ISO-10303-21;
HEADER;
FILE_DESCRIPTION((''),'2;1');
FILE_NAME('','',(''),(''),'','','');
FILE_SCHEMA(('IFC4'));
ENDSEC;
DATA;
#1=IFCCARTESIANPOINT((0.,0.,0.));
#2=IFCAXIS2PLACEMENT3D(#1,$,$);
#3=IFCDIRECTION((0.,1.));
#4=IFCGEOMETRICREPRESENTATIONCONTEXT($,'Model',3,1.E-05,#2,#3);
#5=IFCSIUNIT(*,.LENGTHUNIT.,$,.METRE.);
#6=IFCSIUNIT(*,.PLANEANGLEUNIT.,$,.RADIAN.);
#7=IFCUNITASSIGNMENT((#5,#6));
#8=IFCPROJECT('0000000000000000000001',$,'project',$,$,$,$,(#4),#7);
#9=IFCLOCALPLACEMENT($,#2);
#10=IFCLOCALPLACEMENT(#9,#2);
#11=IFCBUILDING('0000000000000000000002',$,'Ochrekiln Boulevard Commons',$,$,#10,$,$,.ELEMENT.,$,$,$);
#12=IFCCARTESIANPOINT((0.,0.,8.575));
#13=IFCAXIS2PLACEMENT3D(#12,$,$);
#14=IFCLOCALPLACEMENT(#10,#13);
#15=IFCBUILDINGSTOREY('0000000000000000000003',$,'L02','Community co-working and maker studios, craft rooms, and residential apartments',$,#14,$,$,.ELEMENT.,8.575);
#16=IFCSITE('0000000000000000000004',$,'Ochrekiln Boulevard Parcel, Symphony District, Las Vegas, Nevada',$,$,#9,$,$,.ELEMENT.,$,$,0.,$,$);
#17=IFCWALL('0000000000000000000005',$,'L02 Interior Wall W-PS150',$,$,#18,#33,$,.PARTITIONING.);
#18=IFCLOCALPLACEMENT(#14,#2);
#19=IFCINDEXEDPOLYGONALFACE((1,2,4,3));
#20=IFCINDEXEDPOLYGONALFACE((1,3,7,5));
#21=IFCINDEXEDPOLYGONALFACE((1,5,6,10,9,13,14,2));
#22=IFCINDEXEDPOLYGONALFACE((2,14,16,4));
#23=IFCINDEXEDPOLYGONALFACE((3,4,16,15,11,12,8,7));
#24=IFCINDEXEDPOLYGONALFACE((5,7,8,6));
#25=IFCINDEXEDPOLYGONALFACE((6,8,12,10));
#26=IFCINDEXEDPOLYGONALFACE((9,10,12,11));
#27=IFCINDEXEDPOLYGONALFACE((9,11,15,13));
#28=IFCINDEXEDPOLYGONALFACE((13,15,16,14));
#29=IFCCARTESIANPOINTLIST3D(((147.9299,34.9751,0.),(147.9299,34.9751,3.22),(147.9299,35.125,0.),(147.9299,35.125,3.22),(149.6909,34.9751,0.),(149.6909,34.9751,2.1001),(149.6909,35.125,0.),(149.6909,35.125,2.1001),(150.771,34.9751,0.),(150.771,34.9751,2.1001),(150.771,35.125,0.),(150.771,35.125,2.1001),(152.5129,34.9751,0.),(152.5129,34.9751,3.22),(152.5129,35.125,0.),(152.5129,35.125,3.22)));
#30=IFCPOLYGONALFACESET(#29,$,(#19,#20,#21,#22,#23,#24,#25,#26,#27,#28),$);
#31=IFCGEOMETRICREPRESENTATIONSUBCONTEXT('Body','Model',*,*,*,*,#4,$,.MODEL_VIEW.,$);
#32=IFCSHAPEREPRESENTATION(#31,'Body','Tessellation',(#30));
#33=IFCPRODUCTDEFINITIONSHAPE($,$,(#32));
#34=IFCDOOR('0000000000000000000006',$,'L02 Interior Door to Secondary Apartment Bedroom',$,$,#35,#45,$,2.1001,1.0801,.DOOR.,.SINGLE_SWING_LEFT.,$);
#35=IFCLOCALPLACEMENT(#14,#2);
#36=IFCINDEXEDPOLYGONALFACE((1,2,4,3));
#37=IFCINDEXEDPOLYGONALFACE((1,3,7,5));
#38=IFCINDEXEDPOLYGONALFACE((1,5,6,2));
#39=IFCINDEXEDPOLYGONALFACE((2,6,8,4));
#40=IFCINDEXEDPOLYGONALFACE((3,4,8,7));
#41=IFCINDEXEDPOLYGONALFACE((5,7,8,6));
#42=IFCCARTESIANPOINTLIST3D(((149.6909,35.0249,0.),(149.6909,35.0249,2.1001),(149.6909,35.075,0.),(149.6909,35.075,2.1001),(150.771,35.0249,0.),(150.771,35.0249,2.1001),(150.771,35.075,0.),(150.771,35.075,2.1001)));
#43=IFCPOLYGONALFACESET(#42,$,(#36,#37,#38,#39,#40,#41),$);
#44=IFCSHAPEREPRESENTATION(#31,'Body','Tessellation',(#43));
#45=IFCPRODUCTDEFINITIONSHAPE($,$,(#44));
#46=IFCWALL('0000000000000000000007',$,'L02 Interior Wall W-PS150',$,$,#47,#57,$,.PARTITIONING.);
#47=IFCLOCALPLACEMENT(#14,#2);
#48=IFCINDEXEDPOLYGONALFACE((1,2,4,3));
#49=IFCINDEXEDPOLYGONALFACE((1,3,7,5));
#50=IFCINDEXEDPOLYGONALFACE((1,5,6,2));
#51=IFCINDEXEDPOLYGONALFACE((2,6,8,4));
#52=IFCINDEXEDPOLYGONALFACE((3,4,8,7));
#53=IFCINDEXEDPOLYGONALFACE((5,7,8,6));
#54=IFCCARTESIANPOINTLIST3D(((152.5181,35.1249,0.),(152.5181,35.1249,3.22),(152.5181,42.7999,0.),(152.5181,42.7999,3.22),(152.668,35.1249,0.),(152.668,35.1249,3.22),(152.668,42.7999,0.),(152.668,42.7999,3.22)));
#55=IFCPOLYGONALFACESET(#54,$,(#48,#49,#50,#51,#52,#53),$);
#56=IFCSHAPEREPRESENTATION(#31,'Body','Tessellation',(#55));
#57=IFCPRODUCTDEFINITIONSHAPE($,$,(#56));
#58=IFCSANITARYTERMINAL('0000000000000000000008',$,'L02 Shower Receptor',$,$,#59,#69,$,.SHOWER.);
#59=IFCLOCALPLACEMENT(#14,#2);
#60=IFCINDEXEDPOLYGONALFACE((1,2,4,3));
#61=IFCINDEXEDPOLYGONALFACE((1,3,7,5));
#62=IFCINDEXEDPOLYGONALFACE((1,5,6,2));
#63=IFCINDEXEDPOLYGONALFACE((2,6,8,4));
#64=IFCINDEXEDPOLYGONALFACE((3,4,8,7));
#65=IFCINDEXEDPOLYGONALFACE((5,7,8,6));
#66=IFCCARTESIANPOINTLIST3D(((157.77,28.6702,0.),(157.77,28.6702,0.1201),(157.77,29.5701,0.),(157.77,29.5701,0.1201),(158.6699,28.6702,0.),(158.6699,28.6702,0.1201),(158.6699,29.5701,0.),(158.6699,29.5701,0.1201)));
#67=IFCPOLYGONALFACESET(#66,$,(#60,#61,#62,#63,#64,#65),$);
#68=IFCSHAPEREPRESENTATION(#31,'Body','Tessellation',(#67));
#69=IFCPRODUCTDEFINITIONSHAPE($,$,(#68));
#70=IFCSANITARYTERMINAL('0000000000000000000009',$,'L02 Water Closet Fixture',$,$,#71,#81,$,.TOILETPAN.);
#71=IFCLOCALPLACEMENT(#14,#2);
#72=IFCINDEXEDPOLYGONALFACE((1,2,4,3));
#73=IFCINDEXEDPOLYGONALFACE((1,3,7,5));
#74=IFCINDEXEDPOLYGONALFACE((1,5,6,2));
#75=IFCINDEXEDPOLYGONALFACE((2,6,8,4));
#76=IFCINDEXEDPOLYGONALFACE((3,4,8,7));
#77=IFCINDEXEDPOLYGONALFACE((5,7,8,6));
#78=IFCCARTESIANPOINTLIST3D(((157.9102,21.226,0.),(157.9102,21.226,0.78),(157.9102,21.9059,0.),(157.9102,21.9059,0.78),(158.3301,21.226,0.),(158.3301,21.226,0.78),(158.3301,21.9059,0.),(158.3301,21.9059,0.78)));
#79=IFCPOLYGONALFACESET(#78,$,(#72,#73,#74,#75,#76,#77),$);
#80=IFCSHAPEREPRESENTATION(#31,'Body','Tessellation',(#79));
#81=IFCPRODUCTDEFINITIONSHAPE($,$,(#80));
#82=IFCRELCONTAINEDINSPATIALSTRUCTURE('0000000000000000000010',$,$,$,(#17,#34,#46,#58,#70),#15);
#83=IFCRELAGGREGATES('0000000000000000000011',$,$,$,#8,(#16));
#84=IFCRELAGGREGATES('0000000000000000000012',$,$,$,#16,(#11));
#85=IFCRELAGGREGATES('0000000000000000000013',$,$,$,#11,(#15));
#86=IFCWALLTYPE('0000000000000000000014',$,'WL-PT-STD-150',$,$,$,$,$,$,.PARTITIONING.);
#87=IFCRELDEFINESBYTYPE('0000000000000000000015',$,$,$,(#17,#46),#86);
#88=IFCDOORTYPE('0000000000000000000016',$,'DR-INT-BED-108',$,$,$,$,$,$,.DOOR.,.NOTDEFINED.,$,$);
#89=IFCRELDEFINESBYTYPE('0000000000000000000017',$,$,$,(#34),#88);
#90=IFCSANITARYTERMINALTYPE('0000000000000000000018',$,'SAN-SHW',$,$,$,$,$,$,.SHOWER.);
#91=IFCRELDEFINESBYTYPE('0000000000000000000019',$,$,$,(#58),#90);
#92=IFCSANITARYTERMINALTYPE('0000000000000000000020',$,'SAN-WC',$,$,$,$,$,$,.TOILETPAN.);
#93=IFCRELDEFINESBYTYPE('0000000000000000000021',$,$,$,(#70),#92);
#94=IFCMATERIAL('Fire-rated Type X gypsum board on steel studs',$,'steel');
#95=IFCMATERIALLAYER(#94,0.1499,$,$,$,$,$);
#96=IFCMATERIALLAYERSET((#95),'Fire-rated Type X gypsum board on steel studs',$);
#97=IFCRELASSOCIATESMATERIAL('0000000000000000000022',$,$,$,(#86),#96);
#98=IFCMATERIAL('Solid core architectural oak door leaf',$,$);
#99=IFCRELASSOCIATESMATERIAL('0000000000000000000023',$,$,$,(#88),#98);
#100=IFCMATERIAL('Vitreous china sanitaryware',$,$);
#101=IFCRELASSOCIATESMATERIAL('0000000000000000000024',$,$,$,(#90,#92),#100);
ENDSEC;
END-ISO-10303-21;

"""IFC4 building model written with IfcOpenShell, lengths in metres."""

from ifc_helpers import new_model, si_unit, direction, frame, frame_2d, origin, origin_2d, place, context, subcontext, project, spatial, rectangle, extrude, material, layer, layer_set, type_object, element, fill, save


model = new_model("IFC4")

# Units and contexts
model_context = context("Model", 3, precision=1e-05, world=origin(), true_north=direction((0.0, 1.0)))
body_context = subcontext(model_context, "Body", "Model", "MODEL_VIEW")
ifc_project = project(units=[si_unit("LENGTHUNIT", "METRE"), si_unit("PLANEANGLEUNIT", "RADIAN")], contexts=[model_context])

# Site, building, storey
site_placement = place(None, origin())
site = spatial("IfcSite", under=ifc_project, at=site_placement, Name="Ochrekiln Boulevard Parcel, Symphony District, Las Vegas, Nevada", CompositionType="ELEMENT", RefElevation=0.0)
building_placement = place(site_placement, origin())
building = spatial("IfcBuilding", under=site, at=building_placement, Name="Ochrekiln Boulevard Commons", CompositionType="ELEMENT")
storey_placement = place(building_placement, frame((0.0, 0.0, 8.575)))
storey = spatial("IfcBuildingStorey", under=building, at=storey_placement, Name="L02", Description="Community co-working and maker studios, craft rooms, and residential apartments", CompositionType="ELEMENT", Elevation=8.575)

# Shared definitions
ifc_material_1 = material(Name="Solid core architectural oak door leaf")
ifc_material_2 = material(Name="Fire-rated Type X gypsum board on steel studs", Category="steel")

# Wall, opening, door
ifc_layer_1 = layer(ifc_material_2, 0.1499)
ifc_layer_set_1 = layer_set([ifc_layer_1], Name="Fire-rated Type X gypsum board on steel studs")
wall_type_1 = type_object("IfcWallType", Name="WL-PT-STD-150", PredefinedType="PARTITIONING", material=ifc_layer_set_1)
wall_1_placement = place(storey_placement, frame((147.9299, 35.05, 0.0), z_axis=(0.0, 0.0, 1.0), x_axis=(1.0, 0.0, 0.0)))
wall_1 = element("IfcWall", 1, at=wall_1_placement, inside=storey, type_object=wall_type_1, Name="L02 Interior Wall W-PS150", PredefinedType="PARTITIONING", context=body_context, shape_type="SweptSolid", body=[
    extrude(rectangle(XDim=4.583, YDim=0.1499, at=frame_2d((2.2915, 0.0))), origin(), (0.0, 0.0, 1.0), 3.22),
])
opening_1_placement = place(wall_1_placement, frame((1.761, 0.0, 0.0)))
opening_1 = element("IfcOpeningElement", 2, at=opening_1_placement, cuts=wall_1, PredefinedType="OPENING", context=body_context, shape_type="SweptSolid", body=[
    extrude(rectangle(XDim=1.0801, YDim=2.1001, at=frame_2d((0.54, 1.05))), frame((0.0, 0.085, 0.0), z_axis=(0.0, -1.0, 0.0), x_axis=(1.0, 0.0, 0.0)), (0.0, 0.0, 1.0), 0.1699),
])
door_type_1 = type_object("IfcDoorType", Name="DR-INT-BED-108", OperationType="NOTDEFINED", PredefinedType="DOOR", material=ifc_material_1)
door_1_placement = place(opening_1_placement, origin())
door_1 = element("IfcDoor", 3, at=door_1_placement, inside=storey, type_object=door_type_1, Name="L02 Interior Door to Secondary Apartment Bedroom", OperationType="SINGLE_SWING_LEFT", OverallHeight=2.1001, OverallWidth=1.0801, PredefinedType="DOOR", context=body_context, shape_type="SweptSolid", body=[
    extrude(rectangle(XDim=1.0801, YDim=2.1001, at=frame_2d((0.54, 1.05))), frame((0.0, 0.0249, 0.0), z_axis=(0.0, -1.0, 0.0), x_axis=(1.0, 0.0, 0.0)), (0.0, 0.0, 1.0), 0.05),
])
fill(opening_1, door_1)

# Wall
wall_2_placement = place(storey_placement, frame((152.593, 35.125, 0.0), z_axis=(0.0, 0.0, 1.0), x_axis=(0.0, 1.0, 0.0)))
element("IfcWall", 4, at=wall_2_placement, inside=storey, type_object=wall_type_1, Name="L02 Interior Wall W-PS150", PredefinedType="PARTITIONING", context=body_context, shape_type="SweptSolid", body=[
    extrude(rectangle(XDim=7.675, YDim=0.1499, at=frame_2d((3.8374, 0.0))), origin(), (0.0, 0.0, 1.0), 3.22),
])

# Sanitary terminals
ifc_material_3 = material(Name="Vitreous china sanitaryware")
sanitary_terminal_type_1 = type_object("IfcSanitaryTerminalType", Name="SAN-SHW", PredefinedType="SHOWER", material=ifc_material_3)
sanitary_terminal_1_placement = place(storey_placement, frame((158.22, 29.1201, 0.0), z_axis=(0.0, 0.0, 1.0), x_axis=(1.0, 0.0, 0.0)))
element("IfcSanitaryTerminal", 5, at=sanitary_terminal_1_placement, inside=storey, type_object=sanitary_terminal_type_1, Name="L02 Shower Receptor", PredefinedType="SHOWER", context=body_context, shape_type="SweptSolid", body=[
    extrude(rectangle(XDim=0.8999, YDim=0.8999, at=origin_2d()), origin(), (0.0, 0.0, 1.0), 0.1201),
])
sanitary_terminal_type_2 = type_object("IfcSanitaryTerminalType", Name="SAN-WC", PredefinedType="TOILETPAN", material=ifc_material_3)
sanitary_terminal_2_placement = place(storey_placement, frame((158.1201, 21.5659, 0.0), z_axis=(0.0, 0.0, 1.0), x_axis=(1.0, 0.0, 0.0)))
element("IfcSanitaryTerminal", 6, at=sanitary_terminal_2_placement, inside=storey, type_object=sanitary_terminal_type_2, Name="L02 Water Closet Fixture", PredefinedType="TOILETPAN", context=body_context, shape_type="SweptSolid", body=[
    extrude(rectangle(XDim=0.4199, YDim=0.6799, at=origin_2d()), origin(), (0.0, 0.0, 1.0), 0.78),
])

save(model, "model.ifc")
